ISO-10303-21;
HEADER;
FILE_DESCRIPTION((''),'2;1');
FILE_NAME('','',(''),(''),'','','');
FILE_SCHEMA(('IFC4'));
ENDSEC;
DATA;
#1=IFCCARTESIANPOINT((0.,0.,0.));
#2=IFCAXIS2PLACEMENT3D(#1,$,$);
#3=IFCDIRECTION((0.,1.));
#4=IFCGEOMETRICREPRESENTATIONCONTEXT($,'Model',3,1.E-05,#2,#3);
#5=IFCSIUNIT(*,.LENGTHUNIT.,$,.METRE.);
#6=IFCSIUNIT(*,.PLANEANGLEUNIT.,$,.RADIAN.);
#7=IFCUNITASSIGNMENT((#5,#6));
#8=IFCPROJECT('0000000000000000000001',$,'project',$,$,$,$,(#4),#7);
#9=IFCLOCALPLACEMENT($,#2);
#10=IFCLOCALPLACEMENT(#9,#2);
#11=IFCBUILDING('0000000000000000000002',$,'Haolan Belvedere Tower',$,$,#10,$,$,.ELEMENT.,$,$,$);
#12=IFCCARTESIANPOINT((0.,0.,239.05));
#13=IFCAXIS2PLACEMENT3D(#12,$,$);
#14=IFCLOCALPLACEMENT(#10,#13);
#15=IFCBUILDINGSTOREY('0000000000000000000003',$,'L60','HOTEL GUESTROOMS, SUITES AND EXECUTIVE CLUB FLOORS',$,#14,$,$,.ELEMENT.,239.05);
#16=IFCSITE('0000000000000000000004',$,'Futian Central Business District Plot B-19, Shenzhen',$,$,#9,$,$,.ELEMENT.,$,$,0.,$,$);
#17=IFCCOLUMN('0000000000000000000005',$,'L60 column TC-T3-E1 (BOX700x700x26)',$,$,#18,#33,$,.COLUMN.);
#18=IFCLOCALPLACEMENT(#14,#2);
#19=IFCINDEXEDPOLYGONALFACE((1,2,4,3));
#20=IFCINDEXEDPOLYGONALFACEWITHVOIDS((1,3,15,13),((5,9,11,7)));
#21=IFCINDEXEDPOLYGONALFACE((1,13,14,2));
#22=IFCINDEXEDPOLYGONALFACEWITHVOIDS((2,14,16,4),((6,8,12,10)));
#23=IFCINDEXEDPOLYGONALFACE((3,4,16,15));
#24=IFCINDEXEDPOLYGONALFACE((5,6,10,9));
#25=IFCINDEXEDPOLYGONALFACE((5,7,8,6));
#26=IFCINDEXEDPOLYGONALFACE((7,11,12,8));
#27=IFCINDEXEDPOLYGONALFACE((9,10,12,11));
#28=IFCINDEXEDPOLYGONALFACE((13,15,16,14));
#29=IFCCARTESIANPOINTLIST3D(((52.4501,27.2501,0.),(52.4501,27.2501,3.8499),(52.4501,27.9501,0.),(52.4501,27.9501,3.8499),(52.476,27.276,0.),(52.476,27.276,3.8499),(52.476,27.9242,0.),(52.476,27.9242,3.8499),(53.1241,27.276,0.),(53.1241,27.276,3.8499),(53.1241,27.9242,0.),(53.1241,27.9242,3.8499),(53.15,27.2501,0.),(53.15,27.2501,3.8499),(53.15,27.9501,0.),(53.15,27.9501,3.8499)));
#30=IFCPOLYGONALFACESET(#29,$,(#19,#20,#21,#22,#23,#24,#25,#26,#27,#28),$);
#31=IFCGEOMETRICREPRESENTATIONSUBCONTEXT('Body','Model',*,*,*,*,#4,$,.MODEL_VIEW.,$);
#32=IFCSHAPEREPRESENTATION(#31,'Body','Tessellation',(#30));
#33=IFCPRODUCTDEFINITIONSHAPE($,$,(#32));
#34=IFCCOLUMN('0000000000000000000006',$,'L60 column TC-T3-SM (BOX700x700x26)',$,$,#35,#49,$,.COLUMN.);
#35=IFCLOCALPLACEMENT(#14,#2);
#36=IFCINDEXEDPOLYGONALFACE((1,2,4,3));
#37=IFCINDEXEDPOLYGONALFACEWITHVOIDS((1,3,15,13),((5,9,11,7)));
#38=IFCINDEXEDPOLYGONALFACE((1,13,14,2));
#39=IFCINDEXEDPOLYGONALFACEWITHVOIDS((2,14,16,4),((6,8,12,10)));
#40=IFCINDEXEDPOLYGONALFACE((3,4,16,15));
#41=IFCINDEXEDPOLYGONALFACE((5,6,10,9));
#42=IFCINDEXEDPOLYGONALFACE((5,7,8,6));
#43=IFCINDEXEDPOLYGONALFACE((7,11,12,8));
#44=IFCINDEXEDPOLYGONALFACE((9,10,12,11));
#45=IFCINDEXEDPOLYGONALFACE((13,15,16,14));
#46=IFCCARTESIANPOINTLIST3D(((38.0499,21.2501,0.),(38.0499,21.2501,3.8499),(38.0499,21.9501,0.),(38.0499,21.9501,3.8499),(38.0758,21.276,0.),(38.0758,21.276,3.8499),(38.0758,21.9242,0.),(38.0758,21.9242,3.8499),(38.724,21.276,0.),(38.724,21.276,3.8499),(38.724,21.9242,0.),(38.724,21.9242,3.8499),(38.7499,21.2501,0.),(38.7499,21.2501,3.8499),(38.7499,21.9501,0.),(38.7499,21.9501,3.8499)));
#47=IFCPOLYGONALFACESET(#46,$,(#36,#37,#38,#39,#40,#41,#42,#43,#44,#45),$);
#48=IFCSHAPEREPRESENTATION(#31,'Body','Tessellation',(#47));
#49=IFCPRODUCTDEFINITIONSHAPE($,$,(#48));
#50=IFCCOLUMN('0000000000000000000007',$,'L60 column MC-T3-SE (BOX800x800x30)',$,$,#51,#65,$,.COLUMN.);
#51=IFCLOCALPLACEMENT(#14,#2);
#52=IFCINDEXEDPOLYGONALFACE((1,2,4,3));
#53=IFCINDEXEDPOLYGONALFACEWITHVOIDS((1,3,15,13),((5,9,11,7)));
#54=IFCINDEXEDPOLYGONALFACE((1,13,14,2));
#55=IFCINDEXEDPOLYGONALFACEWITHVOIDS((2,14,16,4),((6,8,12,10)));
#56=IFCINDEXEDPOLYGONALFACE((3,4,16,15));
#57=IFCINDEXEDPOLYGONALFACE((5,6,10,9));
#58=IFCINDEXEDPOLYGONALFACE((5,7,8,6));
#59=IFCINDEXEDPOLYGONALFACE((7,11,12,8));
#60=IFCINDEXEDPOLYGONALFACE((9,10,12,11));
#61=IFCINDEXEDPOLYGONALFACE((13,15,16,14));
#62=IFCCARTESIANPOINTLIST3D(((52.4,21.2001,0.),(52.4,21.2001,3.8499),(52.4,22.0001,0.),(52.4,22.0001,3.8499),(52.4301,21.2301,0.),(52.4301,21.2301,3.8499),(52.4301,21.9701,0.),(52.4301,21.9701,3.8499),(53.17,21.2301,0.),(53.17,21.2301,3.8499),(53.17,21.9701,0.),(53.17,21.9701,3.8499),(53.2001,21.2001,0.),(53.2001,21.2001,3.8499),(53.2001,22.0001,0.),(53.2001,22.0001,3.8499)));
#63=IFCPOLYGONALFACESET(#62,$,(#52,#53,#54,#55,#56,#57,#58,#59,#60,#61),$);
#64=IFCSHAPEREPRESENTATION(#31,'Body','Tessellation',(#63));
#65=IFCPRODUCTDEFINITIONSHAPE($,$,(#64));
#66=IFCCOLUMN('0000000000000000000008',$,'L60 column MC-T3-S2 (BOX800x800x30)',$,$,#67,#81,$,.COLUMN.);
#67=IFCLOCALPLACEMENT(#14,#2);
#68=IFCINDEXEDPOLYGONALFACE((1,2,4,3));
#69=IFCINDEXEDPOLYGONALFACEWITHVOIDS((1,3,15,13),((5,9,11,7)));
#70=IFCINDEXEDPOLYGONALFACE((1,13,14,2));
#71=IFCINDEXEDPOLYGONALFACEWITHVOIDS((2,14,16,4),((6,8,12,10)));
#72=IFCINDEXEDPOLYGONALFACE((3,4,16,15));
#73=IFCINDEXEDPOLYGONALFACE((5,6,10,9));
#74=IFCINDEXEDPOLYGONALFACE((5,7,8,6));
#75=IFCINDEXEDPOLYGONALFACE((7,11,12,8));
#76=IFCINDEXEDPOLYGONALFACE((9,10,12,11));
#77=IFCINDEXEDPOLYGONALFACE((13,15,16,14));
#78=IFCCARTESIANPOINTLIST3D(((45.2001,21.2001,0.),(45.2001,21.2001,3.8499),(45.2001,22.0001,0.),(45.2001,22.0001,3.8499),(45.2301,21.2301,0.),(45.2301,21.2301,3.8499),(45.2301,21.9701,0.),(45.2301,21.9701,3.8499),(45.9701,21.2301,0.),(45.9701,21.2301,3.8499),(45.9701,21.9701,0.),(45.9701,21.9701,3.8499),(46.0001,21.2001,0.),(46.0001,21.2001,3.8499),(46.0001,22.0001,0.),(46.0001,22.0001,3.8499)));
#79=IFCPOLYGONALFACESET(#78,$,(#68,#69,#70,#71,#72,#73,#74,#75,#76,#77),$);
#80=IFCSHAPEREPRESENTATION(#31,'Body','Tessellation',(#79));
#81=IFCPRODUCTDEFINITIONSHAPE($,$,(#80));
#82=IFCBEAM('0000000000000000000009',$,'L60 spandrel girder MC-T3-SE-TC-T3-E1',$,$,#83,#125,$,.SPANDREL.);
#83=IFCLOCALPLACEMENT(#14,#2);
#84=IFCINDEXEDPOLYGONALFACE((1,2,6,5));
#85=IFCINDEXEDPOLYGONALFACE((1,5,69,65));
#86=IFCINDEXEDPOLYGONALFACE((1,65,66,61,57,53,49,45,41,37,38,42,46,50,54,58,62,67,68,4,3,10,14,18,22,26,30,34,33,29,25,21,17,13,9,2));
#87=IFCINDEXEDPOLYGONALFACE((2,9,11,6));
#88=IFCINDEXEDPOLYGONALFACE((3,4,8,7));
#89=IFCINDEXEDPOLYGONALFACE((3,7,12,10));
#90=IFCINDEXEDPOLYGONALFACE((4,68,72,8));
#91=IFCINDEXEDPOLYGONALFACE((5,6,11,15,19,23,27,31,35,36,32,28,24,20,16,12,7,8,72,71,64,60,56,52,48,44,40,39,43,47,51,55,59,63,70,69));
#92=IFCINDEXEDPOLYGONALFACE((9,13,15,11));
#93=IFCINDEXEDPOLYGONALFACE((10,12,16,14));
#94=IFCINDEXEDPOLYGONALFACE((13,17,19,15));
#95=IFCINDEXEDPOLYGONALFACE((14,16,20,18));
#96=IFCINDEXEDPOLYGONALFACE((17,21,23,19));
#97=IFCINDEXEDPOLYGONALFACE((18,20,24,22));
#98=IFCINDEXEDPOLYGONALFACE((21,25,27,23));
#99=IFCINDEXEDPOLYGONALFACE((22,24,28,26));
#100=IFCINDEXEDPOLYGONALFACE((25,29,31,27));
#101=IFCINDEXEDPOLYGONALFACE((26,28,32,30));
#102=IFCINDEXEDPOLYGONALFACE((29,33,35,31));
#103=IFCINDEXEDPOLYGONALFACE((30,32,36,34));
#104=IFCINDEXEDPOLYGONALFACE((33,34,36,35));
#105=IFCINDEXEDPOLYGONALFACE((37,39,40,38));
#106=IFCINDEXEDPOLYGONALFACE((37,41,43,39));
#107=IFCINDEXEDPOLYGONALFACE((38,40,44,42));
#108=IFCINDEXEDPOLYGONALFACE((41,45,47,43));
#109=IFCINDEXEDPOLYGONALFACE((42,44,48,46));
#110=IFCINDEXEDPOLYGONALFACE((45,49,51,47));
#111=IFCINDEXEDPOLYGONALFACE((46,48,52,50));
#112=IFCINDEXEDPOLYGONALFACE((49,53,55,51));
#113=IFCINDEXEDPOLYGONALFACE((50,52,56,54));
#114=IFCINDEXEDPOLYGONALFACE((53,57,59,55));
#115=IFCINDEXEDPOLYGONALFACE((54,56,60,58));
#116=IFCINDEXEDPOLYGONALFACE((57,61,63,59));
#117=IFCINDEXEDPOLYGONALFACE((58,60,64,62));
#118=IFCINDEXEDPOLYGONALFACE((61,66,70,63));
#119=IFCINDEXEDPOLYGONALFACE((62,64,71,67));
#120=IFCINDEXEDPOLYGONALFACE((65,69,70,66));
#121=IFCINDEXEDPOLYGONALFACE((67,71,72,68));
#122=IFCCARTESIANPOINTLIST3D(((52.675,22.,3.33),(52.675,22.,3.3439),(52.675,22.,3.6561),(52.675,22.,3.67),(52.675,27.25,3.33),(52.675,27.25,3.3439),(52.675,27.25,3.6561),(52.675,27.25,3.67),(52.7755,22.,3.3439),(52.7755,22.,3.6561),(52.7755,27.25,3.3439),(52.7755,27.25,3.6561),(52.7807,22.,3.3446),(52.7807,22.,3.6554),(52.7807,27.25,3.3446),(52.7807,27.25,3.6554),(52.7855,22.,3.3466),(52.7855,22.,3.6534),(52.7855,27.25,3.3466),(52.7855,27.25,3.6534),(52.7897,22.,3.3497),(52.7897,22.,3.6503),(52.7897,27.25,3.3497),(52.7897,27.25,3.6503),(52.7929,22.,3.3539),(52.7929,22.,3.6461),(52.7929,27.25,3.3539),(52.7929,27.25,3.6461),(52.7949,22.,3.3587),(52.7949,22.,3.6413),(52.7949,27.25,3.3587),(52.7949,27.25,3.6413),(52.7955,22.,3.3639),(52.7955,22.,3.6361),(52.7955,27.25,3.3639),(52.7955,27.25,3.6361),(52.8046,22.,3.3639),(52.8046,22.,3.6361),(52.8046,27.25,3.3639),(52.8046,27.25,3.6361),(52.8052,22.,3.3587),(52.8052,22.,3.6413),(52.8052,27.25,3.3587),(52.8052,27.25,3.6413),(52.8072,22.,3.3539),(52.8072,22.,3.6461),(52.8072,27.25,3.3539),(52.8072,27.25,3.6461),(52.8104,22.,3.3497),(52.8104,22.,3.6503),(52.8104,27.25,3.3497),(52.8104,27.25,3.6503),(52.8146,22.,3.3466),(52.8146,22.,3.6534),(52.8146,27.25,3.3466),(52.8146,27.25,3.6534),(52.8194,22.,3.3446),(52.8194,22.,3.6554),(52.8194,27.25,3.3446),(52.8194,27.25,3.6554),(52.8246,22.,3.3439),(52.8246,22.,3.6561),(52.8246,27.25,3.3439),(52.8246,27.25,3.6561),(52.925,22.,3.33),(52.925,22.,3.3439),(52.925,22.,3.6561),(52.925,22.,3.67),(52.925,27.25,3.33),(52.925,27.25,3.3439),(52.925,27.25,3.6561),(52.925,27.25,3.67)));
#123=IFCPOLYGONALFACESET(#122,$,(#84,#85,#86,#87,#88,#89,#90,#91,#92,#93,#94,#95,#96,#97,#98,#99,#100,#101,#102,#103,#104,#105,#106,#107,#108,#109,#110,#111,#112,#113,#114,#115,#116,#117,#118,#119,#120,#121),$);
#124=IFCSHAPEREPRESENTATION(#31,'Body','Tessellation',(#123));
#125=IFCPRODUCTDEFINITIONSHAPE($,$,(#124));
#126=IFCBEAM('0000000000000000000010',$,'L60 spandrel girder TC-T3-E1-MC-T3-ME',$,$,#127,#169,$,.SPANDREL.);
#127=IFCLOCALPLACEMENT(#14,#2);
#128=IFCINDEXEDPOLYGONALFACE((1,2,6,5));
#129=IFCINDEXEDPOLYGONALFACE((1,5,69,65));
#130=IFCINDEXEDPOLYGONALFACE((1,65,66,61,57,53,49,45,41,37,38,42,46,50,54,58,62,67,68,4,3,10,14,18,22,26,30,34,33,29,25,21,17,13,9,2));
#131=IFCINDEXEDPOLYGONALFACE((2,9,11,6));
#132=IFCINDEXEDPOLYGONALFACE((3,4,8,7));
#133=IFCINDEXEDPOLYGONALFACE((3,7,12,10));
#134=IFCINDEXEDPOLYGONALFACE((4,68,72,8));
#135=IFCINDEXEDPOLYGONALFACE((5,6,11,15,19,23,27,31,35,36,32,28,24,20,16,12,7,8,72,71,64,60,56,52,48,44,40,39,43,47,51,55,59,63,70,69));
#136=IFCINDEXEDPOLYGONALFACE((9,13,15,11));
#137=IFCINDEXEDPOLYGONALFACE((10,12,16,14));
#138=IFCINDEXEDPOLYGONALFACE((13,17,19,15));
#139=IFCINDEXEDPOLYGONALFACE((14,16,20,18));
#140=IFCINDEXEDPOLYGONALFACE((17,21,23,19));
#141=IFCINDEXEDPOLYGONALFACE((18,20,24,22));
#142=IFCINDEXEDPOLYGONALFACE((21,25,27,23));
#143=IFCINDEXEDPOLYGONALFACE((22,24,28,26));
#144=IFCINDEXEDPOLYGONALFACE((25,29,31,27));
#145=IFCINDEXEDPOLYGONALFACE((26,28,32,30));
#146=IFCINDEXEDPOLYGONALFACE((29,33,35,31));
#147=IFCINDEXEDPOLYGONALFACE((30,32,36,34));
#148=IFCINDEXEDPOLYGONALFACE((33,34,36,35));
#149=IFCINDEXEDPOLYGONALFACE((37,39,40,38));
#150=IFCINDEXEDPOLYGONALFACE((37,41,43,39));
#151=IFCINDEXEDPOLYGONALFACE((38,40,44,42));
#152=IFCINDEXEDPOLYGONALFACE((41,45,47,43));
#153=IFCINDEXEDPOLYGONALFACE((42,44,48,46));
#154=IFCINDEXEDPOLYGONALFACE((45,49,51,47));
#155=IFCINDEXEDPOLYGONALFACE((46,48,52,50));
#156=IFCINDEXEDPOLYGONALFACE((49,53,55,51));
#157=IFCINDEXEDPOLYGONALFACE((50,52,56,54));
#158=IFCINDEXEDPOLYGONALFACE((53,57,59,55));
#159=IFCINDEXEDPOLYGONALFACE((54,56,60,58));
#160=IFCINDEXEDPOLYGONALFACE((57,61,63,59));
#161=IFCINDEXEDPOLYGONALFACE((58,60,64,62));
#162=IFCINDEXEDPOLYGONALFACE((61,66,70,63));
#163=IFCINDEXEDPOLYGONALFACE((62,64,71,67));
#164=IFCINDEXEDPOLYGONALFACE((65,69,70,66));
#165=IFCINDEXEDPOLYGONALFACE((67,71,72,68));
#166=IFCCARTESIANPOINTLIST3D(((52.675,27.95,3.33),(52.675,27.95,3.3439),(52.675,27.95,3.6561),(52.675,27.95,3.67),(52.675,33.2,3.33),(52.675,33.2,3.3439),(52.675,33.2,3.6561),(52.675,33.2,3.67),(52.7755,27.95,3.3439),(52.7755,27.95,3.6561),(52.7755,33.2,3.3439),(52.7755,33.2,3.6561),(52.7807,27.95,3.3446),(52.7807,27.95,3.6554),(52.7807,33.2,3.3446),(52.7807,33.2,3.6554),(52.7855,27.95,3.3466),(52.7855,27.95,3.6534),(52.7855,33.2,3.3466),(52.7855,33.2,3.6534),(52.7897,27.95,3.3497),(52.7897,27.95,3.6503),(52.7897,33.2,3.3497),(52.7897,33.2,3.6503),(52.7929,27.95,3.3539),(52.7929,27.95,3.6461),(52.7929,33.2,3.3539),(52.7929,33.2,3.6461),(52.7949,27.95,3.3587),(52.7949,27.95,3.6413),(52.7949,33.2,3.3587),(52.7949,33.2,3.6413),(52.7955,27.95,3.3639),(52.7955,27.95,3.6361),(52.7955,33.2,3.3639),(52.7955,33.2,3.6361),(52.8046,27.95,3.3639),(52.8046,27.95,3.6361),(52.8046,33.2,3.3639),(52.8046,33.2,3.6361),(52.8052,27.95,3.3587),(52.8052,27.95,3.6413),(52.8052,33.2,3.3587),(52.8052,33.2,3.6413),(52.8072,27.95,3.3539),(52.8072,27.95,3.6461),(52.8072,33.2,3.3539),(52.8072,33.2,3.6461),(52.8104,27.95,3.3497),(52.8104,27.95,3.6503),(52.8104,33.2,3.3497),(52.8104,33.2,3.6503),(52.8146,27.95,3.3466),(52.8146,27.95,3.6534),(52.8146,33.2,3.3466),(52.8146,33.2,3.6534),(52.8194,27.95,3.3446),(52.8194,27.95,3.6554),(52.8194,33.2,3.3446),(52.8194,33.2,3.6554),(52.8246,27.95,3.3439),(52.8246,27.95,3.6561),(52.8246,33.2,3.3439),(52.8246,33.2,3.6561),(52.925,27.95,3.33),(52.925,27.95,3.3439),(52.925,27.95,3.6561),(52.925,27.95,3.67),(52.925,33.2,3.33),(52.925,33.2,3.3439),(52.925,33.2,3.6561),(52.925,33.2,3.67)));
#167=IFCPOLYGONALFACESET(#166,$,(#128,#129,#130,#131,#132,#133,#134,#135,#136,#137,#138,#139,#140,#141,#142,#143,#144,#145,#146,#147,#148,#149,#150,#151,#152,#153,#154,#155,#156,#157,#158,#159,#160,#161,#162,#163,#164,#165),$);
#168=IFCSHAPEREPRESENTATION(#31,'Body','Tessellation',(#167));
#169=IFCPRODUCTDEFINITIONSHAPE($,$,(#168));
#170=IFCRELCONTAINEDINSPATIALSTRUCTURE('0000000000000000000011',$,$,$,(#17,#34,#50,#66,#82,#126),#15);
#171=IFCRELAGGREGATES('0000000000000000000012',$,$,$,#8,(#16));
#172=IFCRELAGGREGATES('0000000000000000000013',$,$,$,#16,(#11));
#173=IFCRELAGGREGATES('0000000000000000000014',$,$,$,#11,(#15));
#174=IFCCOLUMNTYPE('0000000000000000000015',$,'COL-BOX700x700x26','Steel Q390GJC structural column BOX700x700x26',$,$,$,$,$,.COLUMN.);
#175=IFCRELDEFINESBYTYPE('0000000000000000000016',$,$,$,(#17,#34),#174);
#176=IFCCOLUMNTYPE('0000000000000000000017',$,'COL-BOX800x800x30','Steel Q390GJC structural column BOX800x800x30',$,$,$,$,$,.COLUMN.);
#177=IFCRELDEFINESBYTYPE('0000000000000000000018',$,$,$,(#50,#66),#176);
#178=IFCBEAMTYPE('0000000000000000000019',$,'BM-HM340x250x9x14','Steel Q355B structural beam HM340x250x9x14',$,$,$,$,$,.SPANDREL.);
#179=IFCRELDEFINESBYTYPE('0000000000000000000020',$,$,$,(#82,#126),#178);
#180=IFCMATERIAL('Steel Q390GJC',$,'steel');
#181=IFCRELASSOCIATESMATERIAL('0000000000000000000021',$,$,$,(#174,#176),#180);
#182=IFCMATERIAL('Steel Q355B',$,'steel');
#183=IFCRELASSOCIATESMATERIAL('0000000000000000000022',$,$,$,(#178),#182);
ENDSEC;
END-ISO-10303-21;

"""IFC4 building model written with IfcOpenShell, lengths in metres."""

from ifc_helpers import new_model, si_unit, direction, frame, origin, origin_2d, place, context, subcontext, project, spatial, hollow_rectangle, i_section, extrude, material, material_profile, profile_set, type_object, element, save


model = new_model("IFC4")

# Units and contexts
model_context = context("Model", 3, precision=1e-05, world=origin(), true_north=direction((0.0, 1.0)))
body_context = subcontext(model_context, "Body", "Model", "MODEL_VIEW")
ifc_project = project(units=[si_unit("LENGTHUNIT", "METRE"), si_unit("PLANEANGLEUNIT", "RADIAN")], contexts=[model_context])

# Site, building, storey
site_placement = place(None, origin())
site = spatial("IfcSite", under=ifc_project, at=site_placement, Name="Futian Central Business District Plot B-19, Shenzhen", CompositionType="ELEMENT", RefElevation=0.0)
building_placement = place(site_placement, origin())
building = spatial("IfcBuilding", under=site, at=building_placement, Name="Haolan Belvedere Tower", CompositionType="ELEMENT")
storey_placement = place(building_placement, frame((0.0, 0.0, 239.05)))
storey = spatial("IfcBuildingStorey", under=building, at=storey_placement, Name="L60", Description="HOTEL GUESTROOMS, SUITES AND EXECUTIVE CLUB FLOORS", CompositionType="ELEMENT", Elevation=239.05)

# Columns
ifc_material_1 = material(Name="Steel Q390GJC", Category="steel")
ifc_material_profile_1 = material_profile(ifc_material_1, hollow_rectangle(XDim=0.7, YDim=0.7, WallThickness=0.0259, at=origin_2d()), Name="Steel Q390GJC")
ifc_profile_set_1 = profile_set([ifc_material_profile_1], Name="Steel Q390GJC")
column_type_1 = type_object("IfcColumnType", Name="COL-BOX700x700x26", Description="Steel Q390GJC structural column BOX700x700x26", PredefinedType="COLUMN", material=ifc_profile_set_1)
for number, where, z_axis, x_axis, name in (
    (1, (52.8, 27.6001, 0.0), (0.0, 0.0, 1.0), (1.0, 0.0, 0.0), "L60 column TC-T3-E1 (BOX700x700x26)"),
    (2, (38.3999, 21.6001, 0.0), (0.0, 0.0, 1.0), (1.0, 0.0, 0.0), "L60 column TC-T3-SM (BOX700x700x26)"),
):
    element("IfcColumn", number, at=place(storey_placement, frame(where, z_axis=z_axis, x_axis=x_axis)), inside=storey, type_object=column_type_1, Name=name, PredefinedType="COLUMN", context=body_context, shape_type="SweptSolid", body=[
        extrude(hollow_rectangle(XDim=0.7, YDim=0.7, WallThickness=0.0259, at=origin_2d()), origin(), (0.0, 0.0, 1.0), 3.8499),
    ])
ifc_material_profile_2 = material_profile(ifc_material_1, hollow_rectangle(XDim=0.8, YDim=0.8, WallThickness=0.03, at=origin_2d()), Name="Steel Q390GJC")
ifc_profile_set_2 = profile_set([ifc_material_profile_2], Name="Steel Q390GJC")
column_type_2 = type_object("IfcColumnType", Name="COL-BOX800x800x30", Description="Steel Q390GJC structural column BOX800x800x30", PredefinedType="COLUMN", material=ifc_profile_set_2)
for number, where, z_axis, x_axis, name in (
    (3, (52.8, 21.6001, 0.0), (0.0, 0.0, 1.0), (1.0, 0.0, 0.0), "L60 column MC-T3-SE (BOX800x800x30)"),
    (4, (45.6001, 21.6001, 0.0), (0.0, 0.0, 1.0), (1.0, 0.0, 0.0), "L60 column MC-T3-S2 (BOX800x800x30)"),
):
    element("IfcColumn", number, at=place(storey_placement, frame(where, z_axis=z_axis, x_axis=x_axis)), inside=storey, type_object=column_type_2, Name=name, PredefinedType="COLUMN", context=body_context, shape_type="SweptSolid", body=[
        extrude(hollow_rectangle(XDim=0.8, YDim=0.8, WallThickness=0.03, at=origin_2d()), origin(), (0.0, 0.0, 1.0), 3.8499),
    ])

# Beams
ifc_material_2 = material(Name="Steel Q355B", Category="steel")
ifc_material_profile_3 = material_profile(ifc_material_2, i_section(OverallWidth=0.25, OverallDepth=0.3401, WebThickness=0.009, FlangeThickness=0.0139, FilletRadius=0.02, at=origin_2d()), Name="Steel Q355B")
ifc_profile_set_3 = profile_set([ifc_material_profile_3], Name="Steel Q355B")
beam_type_1 = type_object("IfcBeamType", Name="BM-HM340x250x9x14", Description="Steel Q355B structural beam HM340x250x9x14", PredefinedType="SPANDREL", material=ifc_profile_set_3)
for number, where, z_axis, x_axis, name in (
    (5, (52.8, 22.0, 3.5), (0.0, 1.0, 0.0), (-1.0, 0.0, 0.0), "L60 spandrel girder MC-T3-SE-TC-T3-E1"),
    (6, (52.8, 27.95, 3.5), (0.0, 1.0, 0.0), (-1.0, 0.0, 0.0), "L60 spandrel girder TC-T3-E1-MC-T3-ME"),
):
    element("IfcBeam", number, at=place(storey_placement, frame(where, z_axis=z_axis, x_axis=x_axis)), inside=storey, type_object=beam_type_1, Name=name, PredefinedType="SPANDREL", context=body_context, shape_type="SweptSolid", body=[
        extrude(i_section(OverallWidth=0.25, OverallDepth=0.3401, WebThickness=0.009, FlangeThickness=0.0139, FilletRadius=0.02, at=origin_2d()), origin(), (0.0, 0.0, 1.0), 5.25),
    ])

save(model, "model.ifc")
